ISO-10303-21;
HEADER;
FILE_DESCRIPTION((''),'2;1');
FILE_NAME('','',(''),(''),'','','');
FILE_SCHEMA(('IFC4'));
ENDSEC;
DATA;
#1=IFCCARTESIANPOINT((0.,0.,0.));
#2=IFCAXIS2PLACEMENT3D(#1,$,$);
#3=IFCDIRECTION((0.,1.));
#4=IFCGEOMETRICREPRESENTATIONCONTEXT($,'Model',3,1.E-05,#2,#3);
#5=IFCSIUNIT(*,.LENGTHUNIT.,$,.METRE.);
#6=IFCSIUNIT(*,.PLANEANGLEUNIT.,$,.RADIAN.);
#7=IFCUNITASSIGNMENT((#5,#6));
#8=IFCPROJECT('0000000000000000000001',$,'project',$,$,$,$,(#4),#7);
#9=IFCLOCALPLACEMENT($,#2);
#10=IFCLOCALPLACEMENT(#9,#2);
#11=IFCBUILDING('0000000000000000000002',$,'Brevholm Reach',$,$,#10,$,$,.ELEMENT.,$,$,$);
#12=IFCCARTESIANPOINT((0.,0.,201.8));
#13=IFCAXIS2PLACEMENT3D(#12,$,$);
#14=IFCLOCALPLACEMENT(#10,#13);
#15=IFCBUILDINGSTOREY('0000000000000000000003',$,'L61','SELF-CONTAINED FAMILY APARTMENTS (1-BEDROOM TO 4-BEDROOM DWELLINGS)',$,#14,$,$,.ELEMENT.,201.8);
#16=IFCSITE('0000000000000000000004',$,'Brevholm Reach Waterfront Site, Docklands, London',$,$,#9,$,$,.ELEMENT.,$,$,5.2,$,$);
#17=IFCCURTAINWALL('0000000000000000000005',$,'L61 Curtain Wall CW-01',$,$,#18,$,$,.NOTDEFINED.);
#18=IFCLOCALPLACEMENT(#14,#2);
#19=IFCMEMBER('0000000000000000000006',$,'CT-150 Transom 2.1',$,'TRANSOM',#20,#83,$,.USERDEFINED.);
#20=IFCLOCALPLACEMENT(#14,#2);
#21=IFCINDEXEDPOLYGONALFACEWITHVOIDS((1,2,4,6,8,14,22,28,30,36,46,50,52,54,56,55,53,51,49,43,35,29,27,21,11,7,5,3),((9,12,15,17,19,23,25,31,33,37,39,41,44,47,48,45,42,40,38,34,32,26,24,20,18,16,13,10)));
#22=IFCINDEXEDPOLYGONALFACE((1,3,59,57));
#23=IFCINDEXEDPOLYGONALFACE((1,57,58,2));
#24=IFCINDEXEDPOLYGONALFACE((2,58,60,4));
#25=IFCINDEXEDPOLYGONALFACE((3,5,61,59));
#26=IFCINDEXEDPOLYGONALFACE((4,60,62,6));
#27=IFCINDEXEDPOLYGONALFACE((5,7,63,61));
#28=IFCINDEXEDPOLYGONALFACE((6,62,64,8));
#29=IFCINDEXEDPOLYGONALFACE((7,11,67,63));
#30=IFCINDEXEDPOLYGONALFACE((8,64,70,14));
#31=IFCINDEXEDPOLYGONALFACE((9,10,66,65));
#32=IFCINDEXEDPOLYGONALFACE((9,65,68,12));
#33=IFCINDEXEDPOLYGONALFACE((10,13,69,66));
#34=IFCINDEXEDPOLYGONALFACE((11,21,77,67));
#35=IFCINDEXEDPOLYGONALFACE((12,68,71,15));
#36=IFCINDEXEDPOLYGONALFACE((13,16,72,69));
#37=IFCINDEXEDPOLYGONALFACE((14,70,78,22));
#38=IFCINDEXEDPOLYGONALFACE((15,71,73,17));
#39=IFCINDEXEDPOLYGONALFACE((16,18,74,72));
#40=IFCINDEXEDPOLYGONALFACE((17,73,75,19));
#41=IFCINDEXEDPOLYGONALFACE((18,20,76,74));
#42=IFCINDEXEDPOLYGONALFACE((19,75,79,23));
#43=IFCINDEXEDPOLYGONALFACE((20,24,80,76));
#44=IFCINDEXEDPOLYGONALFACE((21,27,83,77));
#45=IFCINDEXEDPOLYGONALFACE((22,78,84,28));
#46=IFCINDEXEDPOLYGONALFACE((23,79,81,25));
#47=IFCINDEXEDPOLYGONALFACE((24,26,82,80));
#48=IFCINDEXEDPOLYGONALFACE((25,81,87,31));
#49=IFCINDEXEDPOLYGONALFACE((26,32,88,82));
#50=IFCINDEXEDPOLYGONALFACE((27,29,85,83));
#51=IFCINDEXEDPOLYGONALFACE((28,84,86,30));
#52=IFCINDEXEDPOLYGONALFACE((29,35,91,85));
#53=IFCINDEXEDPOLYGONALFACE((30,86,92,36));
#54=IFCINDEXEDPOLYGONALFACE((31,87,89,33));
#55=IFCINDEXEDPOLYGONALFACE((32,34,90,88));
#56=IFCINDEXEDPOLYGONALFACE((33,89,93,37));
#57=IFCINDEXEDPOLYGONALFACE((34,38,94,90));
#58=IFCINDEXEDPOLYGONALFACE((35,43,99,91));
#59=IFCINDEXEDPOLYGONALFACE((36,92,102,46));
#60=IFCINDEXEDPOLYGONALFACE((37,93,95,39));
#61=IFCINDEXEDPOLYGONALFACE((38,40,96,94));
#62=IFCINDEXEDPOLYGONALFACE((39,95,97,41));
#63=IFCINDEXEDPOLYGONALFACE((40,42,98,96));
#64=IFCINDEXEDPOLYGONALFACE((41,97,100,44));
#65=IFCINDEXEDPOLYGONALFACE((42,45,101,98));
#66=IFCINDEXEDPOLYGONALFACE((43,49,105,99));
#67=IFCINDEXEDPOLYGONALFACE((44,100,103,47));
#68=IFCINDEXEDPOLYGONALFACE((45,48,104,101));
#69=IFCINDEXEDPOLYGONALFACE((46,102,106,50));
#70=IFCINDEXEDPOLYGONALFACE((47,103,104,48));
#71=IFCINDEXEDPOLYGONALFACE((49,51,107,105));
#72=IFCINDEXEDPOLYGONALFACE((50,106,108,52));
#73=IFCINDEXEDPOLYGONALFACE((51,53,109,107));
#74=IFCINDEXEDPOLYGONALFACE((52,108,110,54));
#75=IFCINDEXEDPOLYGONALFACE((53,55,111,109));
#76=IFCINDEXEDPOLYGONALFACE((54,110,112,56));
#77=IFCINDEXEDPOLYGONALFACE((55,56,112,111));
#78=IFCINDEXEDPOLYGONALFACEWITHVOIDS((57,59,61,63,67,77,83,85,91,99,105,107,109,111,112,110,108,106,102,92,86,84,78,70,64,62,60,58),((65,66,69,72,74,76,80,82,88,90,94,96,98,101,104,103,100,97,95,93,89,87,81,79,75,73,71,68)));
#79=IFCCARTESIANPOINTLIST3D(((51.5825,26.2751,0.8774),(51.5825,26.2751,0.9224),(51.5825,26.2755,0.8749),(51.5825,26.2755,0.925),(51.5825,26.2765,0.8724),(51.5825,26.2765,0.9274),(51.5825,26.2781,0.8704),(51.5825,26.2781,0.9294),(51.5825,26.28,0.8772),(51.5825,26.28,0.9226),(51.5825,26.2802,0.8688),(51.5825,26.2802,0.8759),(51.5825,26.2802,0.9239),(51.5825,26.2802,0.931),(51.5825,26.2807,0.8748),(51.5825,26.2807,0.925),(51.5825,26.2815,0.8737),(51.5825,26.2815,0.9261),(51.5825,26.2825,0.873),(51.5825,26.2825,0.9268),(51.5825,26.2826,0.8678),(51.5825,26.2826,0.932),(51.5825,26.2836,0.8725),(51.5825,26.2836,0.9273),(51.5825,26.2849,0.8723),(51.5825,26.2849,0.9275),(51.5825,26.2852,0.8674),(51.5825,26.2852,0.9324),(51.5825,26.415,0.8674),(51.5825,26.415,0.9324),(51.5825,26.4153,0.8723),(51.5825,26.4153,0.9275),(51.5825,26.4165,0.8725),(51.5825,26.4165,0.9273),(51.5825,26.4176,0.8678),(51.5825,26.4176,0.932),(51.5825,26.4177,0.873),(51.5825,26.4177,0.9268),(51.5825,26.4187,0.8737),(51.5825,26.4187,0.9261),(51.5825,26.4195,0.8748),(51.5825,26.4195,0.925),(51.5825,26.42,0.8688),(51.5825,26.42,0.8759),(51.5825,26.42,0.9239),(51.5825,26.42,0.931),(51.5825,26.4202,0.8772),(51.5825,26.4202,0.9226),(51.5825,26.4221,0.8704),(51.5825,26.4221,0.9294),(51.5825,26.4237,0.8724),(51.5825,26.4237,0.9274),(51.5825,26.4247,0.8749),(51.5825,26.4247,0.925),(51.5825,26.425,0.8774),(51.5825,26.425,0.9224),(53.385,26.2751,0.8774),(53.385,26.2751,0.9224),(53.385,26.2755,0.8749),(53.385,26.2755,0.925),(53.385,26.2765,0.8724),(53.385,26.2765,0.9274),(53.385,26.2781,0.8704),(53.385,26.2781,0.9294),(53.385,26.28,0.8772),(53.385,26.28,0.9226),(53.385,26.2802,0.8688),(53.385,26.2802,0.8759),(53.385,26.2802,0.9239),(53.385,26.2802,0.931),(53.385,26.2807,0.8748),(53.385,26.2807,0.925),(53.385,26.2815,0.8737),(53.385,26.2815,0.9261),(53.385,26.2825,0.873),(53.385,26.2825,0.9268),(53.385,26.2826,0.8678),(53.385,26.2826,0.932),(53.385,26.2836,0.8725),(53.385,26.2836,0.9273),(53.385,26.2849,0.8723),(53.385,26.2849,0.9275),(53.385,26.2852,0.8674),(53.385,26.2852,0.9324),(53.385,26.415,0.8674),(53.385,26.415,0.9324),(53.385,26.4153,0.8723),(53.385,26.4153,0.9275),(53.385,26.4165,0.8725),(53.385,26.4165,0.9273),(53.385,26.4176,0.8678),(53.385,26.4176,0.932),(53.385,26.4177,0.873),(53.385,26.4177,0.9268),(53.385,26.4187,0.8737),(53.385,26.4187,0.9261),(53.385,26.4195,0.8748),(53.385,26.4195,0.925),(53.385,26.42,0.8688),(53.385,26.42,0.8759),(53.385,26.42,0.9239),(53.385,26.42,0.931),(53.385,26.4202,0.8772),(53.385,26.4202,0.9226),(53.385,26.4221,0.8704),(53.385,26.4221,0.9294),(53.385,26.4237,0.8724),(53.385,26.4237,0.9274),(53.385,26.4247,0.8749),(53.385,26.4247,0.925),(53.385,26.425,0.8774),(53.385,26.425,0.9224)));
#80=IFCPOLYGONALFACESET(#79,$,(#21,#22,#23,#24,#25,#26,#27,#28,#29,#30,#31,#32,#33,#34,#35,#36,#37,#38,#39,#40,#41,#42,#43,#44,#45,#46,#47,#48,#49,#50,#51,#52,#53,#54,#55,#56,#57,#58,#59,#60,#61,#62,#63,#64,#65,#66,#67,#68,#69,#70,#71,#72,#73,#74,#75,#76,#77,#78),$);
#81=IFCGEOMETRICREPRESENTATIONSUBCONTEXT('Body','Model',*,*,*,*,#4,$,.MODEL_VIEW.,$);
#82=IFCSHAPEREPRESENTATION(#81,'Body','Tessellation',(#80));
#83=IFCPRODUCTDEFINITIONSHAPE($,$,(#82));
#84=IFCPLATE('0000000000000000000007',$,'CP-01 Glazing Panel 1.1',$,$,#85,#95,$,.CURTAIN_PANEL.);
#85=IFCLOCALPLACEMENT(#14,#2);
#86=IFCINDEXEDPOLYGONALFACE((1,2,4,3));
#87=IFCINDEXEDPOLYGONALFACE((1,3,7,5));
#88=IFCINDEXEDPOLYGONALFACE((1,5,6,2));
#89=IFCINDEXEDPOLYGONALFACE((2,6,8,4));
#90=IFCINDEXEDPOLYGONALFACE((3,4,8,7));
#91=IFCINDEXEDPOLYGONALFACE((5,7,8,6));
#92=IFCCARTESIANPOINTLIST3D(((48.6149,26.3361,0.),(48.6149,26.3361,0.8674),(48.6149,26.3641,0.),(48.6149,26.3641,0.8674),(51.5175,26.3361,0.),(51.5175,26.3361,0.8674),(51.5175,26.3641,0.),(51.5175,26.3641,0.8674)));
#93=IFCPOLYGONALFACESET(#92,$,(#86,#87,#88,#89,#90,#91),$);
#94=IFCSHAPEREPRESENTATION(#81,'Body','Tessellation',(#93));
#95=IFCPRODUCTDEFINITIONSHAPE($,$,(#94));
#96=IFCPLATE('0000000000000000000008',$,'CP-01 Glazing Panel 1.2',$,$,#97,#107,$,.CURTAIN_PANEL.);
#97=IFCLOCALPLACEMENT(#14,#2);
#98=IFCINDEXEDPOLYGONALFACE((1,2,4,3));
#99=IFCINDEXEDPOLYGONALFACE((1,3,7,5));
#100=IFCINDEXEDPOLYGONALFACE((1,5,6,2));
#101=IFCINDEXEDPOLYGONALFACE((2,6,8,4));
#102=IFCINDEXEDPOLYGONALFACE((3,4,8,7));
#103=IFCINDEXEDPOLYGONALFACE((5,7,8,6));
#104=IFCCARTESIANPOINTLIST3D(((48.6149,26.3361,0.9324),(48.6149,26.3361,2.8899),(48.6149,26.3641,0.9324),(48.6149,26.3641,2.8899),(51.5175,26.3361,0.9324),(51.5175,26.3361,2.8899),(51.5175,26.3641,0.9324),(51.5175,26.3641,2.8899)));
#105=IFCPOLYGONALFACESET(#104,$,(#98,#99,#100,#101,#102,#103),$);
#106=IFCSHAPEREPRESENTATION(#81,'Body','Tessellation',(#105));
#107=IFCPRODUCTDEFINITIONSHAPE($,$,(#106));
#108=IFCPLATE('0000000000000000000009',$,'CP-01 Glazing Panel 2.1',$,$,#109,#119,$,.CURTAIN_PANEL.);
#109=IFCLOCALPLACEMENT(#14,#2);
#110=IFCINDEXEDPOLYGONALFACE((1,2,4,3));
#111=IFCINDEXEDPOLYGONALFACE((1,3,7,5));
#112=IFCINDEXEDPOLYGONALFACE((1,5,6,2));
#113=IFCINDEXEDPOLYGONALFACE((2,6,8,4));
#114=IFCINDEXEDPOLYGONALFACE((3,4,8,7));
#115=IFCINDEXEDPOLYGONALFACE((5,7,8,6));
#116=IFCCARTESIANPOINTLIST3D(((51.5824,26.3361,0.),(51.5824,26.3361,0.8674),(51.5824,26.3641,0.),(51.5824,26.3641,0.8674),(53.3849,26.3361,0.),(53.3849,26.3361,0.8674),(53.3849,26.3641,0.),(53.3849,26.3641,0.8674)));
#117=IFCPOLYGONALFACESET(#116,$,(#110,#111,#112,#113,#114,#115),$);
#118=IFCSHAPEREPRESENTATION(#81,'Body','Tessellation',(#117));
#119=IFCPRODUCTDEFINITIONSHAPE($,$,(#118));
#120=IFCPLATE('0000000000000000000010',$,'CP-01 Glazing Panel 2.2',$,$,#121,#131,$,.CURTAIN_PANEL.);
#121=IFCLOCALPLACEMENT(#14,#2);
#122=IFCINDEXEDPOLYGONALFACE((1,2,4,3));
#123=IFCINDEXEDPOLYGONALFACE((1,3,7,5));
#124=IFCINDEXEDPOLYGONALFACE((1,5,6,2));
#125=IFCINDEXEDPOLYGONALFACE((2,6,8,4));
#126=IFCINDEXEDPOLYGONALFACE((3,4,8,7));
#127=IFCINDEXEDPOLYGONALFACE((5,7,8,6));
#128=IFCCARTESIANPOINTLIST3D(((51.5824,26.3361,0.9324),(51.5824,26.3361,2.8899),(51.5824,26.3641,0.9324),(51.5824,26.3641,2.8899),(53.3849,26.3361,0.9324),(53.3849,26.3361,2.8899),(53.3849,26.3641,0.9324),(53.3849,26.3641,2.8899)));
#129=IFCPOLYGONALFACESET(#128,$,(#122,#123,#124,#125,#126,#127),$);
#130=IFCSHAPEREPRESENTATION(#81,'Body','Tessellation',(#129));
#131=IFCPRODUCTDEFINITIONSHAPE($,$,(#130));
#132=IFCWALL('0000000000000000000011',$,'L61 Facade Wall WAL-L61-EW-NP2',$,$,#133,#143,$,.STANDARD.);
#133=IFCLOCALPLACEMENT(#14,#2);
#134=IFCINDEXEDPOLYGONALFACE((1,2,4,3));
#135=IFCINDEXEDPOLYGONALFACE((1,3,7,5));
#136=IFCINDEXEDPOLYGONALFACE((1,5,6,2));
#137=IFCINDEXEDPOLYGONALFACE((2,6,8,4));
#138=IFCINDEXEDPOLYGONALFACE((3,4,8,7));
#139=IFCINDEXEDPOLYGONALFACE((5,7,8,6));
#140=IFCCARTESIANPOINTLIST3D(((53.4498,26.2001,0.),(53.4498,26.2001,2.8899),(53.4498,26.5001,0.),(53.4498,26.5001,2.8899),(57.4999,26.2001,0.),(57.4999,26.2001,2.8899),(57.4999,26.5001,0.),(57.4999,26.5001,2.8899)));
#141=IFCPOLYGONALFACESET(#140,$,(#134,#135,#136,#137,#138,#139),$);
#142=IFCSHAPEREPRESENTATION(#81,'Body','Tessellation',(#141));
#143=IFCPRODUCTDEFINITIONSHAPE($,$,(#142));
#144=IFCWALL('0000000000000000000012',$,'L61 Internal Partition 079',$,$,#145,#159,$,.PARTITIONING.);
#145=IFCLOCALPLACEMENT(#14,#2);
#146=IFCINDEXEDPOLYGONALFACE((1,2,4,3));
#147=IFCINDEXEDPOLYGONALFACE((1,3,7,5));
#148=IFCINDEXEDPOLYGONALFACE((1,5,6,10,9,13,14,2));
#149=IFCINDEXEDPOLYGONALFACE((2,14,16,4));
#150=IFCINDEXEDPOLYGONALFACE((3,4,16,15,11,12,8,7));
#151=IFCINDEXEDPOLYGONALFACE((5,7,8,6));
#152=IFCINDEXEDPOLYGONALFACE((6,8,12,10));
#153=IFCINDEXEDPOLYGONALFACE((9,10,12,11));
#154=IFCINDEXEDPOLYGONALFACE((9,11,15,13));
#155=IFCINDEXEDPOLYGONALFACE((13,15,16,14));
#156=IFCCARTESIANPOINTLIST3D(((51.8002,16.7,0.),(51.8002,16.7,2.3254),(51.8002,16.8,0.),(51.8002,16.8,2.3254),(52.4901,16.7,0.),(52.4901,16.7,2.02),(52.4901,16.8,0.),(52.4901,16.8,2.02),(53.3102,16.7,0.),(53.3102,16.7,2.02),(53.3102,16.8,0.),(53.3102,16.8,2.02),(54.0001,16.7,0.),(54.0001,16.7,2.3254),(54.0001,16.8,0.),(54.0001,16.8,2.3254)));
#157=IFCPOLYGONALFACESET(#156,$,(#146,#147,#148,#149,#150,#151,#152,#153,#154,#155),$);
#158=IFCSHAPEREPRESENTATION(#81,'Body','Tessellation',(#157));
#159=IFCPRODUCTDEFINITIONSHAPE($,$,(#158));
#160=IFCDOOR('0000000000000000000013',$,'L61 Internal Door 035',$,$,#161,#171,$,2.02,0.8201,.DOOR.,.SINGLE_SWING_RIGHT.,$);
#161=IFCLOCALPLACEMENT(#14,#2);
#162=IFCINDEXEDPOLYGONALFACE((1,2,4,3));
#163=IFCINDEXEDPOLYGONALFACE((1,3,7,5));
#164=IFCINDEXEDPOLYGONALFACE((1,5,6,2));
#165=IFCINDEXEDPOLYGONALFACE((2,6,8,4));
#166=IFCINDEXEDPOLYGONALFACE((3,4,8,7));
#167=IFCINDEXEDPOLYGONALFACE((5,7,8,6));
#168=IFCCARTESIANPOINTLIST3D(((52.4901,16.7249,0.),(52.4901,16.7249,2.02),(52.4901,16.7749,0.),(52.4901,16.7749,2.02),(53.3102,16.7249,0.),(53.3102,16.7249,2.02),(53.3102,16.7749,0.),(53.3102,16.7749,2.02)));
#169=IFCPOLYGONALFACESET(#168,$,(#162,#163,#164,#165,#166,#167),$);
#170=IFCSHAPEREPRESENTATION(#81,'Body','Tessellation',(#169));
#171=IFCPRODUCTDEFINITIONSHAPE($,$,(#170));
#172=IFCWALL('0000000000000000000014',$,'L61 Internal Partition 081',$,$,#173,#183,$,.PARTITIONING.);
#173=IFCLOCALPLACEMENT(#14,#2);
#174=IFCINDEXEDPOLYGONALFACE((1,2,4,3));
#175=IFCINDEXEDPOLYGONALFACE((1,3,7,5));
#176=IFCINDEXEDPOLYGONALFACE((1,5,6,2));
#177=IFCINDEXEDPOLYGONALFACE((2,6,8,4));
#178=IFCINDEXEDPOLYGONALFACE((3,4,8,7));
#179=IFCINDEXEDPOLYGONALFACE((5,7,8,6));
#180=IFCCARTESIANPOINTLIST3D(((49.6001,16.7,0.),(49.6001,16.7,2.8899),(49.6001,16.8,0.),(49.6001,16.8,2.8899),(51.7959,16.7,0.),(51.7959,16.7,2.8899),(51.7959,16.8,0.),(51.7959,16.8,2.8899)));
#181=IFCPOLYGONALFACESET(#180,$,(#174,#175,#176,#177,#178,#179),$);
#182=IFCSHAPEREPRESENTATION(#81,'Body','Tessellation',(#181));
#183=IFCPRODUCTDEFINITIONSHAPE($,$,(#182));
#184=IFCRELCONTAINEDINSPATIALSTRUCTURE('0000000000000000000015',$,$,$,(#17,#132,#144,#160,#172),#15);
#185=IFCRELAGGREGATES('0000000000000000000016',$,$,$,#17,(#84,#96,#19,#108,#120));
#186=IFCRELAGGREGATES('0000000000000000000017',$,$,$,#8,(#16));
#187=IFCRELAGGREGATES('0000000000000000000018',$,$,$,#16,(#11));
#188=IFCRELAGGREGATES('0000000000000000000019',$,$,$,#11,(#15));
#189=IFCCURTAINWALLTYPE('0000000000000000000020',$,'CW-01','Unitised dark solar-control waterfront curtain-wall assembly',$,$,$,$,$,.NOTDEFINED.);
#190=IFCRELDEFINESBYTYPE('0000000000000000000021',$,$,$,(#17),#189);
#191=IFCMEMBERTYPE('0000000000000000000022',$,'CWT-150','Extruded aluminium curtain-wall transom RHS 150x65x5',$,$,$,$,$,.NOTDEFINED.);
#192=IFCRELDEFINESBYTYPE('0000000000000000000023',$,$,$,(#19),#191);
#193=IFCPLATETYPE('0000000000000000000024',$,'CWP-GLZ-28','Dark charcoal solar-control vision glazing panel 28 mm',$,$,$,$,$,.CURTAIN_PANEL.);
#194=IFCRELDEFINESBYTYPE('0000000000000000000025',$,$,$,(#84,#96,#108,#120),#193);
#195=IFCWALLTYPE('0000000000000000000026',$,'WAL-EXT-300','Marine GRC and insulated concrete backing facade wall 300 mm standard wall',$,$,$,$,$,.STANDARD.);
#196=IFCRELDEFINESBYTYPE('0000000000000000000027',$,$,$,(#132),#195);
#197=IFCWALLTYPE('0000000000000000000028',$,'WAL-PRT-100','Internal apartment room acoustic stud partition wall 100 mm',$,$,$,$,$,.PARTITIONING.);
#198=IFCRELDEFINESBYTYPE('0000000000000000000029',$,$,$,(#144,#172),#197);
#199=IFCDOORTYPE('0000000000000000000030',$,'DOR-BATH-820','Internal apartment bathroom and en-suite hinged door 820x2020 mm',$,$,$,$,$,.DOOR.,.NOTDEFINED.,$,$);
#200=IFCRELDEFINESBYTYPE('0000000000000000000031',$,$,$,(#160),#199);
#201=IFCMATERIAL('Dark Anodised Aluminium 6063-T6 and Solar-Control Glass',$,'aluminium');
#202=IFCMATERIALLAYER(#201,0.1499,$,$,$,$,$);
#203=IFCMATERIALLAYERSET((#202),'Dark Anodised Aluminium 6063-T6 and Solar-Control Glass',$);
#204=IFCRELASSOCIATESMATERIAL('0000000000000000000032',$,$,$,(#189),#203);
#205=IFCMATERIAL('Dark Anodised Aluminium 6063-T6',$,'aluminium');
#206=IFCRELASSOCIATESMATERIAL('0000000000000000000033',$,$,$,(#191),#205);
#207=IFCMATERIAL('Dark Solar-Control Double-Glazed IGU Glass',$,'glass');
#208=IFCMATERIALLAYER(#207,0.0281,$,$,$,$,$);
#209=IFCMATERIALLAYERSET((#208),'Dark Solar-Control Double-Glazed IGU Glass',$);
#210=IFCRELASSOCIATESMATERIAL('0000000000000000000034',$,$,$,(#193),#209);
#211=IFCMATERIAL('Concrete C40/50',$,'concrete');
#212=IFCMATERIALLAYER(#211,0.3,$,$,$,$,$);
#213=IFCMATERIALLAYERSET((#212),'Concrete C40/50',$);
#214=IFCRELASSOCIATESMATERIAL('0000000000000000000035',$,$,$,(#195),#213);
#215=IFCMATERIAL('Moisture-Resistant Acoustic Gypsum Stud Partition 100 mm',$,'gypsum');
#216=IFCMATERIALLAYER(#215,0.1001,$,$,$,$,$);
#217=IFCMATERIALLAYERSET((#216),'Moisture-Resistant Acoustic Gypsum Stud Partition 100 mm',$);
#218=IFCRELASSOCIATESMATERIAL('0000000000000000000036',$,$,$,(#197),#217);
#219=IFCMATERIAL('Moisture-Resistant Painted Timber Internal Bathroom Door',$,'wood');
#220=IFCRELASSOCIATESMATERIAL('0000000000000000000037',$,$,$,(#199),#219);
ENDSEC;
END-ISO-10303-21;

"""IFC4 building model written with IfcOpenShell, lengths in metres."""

from ifc_helpers import new_model, si_unit, direction, frame, frame_2d, origin, origin_2d, place, context, subcontext, project, spatial, rectangle, hollow_rectangle, extrude, material, layer, layer_set, material_profile, profile_set, type_object, element, fill, aggregate, save


model = new_model("IFC4")

# Units and contexts
model_context = context("Model", 3, precision=1e-05, world=origin(), true_north=direction((0.0, 1.0)))
body_context = subcontext(model_context, "Body", "Model", "MODEL_VIEW")
ifc_project = project(units=[si_unit("LENGTHUNIT", "METRE"), si_unit("PLANEANGLEUNIT", "RADIAN")], contexts=[model_context])

# Site, building, storey
site_placement = place(None, origin())
site = spatial("IfcSite", under=ifc_project, at=site_placement, Name="Brevholm Reach Waterfront Site, Docklands, London", CompositionType="ELEMENT", RefElevation=5.2)
building_placement = place(site_placement, origin())
building = spatial("IfcBuilding", under=site, at=building_placement, Name="Brevholm Reach", CompositionType="ELEMENT")
storey_placement = place(building_placement, frame((0.0, 0.0, 201.8)))
storey = spatial("IfcBuildingStorey", under=building, at=storey_placement, Name="L61", Description="SELF-CONTAINED FAMILY APARTMENTS (1-BEDROOM TO 4-BEDROOM DWELLINGS)", CompositionType="ELEMENT", Elevation=201.8)

# Curtain wall, member, plates
ifc_material_1 = material(Name="Dark Anodised Aluminium 6063-T6 and Solar-Control Glass", Category="aluminium")
ifc_layer_1 = layer(ifc_material_1, 0.1499)
ifc_layer_set_1 = layer_set([ifc_layer_1], Name="Dark Anodised Aluminium 6063-T6 and Solar-Control Glass")
curtain_wall_type = type_object("IfcCurtainWallType", Name="CW-01", Description="Unitised dark solar-control waterfront curtain-wall assembly", PredefinedType="NOTDEFINED", material=ifc_layer_set_1)
curtain_wall_placement = place(storey_placement, origin())
curtain_wall = element("IfcCurtainWall", 1, at=curtain_wall_placement, inside=storey, type_object=curtain_wall_type, Name="L61 Curtain Wall CW-01", PredefinedType="NOTDEFINED")
ifc_material_2 = material(Name="Dark Anodised Aluminium 6063-T6", Category="aluminium")
ifc_material_profile_1 = material_profile(ifc_material_2, hollow_rectangle(XDim=0.0649, YDim=0.1499, WallThickness=0.0049, InnerFilletRadius=0.0049, OuterFilletRadius=0.01, at=origin_2d()), Name="RHS 150x65x5")
ifc_profile_set_1 = profile_set([ifc_material_profile_1], Name="Dark Anodised Aluminium 6063-T6")
member_type_1 = type_object("IfcMemberType", Name="CWT-150", Description="Extruded aluminium curtain-wall transom RHS 150x65x5", PredefinedType="NOTDEFINED", material=ifc_profile_set_1)
member_1_placement = place(storey_placement, frame((51.5825, 26.3501, 0.8999), z_axis=(1.0, 0.0, 0.0), x_axis=(0.0, 0.0, 1.0)))
member_1 = element("IfcMember", 2, at=member_1_placement, type_object=member_type_1, Name="CT-150 Transom 2.1", ObjectType="TRANSOM", PredefinedType="USERDEFINED", context=body_context, shape_type="SweptSolid", body=[
    extrude(hollow_rectangle(XDim=0.0649, YDim=0.1499, WallThickness=0.0049, InnerFilletRadius=0.0049, OuterFilletRadius=0.01, at=origin_2d()), origin(), (0.0, 0.0, 1.0), 1.8025),
])
ifc_material_3 = material(Name="Dark Solar-Control Double-Glazed IGU Glass", Category="glass")
ifc_layer_2 = layer(ifc_material_3, 0.0281)
ifc_layer_set_2 = layer_set([ifc_layer_2], Name="Dark Solar-Control Double-Glazed IGU Glass")
plate_type = type_object("IfcPlateType", Name="CWP-GLZ-28", Description="Dark charcoal solar-control vision glazing panel 28 mm", PredefinedType="CURTAIN_PANEL", material=ifc_layer_set_2)
plate_1_placement = place(storey_placement, frame((50.0662, 26.3501, 0.0), z_axis=(0.0, 0.0, 1.0), x_axis=(1.0, 0.0, 0.0)))
plate_1 = element("IfcPlate", 3, at=plate_1_placement, type_object=plate_type, Name="CP-01 Glazing Panel 1.1", PredefinedType="CURTAIN_PANEL", context=body_context, shape_type="SweptSolid", body=[
    extrude(rectangle(XDim=2.9026, YDim=0.0281, at=origin_2d()), origin(), (0.0, 0.0, 1.0), 0.8674),
])
plate_2_placement = place(storey_placement, frame((50.0662, 26.3501, 0.9324), z_axis=(0.0, 0.0, 1.0), x_axis=(1.0, 0.0, 0.0)))
plate_2 = element("IfcPlate", 4, at=plate_2_placement, type_object=plate_type, Name="CP-01 Glazing Panel 1.2", PredefinedType="CURTAIN_PANEL", context=body_context, shape_type="SweptSolid", body=[
    extrude(rectangle(XDim=2.9026, YDim=0.0281, at=origin_2d()), origin(), (0.0, 0.0, 1.0), 1.9575),
])
plate_3_placement = place(storey_placement, frame((52.4836, 26.3501, 0.0), z_axis=(0.0, 0.0, 1.0), x_axis=(1.0, 0.0, 0.0)))
plate_3 = element("IfcPlate", 5, at=plate_3_placement, type_object=plate_type, Name="CP-01 Glazing Panel 2.1", PredefinedType="CURTAIN_PANEL", context=body_context, shape_type="SweptSolid", body=[
    extrude(rectangle(XDim=1.8025, YDim=0.0281, at=origin_2d()), origin(), (0.0, 0.0, 1.0), 0.8674),
])
plate_4_placement = place(storey_placement, frame((52.4836, 26.3501, 0.9324), z_axis=(0.0, 0.0, 1.0), x_axis=(1.0, 0.0, 0.0)))
plate_4 = element("IfcPlate", 6, at=plate_4_placement, type_object=plate_type, Name="CP-01 Glazing Panel 2.2", PredefinedType="CURTAIN_PANEL", context=body_context, shape_type="SweptSolid", body=[
    extrude(rectangle(XDim=1.8025, YDim=0.0281, at=origin_2d()), origin(), (0.0, 0.0, 1.0), 1.9575),
])
aggregate(curtain_wall, [plate_1, plate_2, member_1, plate_3, plate_4])

# Wall
ifc_material_4 = material(Name="Concrete C40/50", Category="concrete")
ifc_layer_3 = layer(ifc_material_4, 0.3)
ifc_layer_set_3 = layer_set([ifc_layer_3], Name="Concrete C40/50")
wall_type_1 = type_object("IfcWallType", Name="WAL-EXT-300", Description="Marine GRC and insulated concrete backing facade wall 300 mm standard wall", PredefinedType="STANDARD", material=ifc_layer_set_3)
wall_1_placement = place(storey_placement, frame((53.45, 26.3501, 0.0), z_axis=(0.0, 0.0, 1.0), x_axis=(1.0, 0.0, 0.0)))
element("IfcWall", 7, at=wall_1_placement, inside=storey, type_object=wall_type_1, Name="L61 Facade Wall WAL-L61-EW-NP2", PredefinedType="STANDARD", context=body_context, shape_type="SweptSolid", body=[
    extrude(rectangle(XDim=4.05, YDim=0.3, at=frame_2d((2.0249, 0.0))), origin(), (0.0, 0.0, 1.0), 2.8899),
])

# Wall, opening, door
ifc_material_5 = material(Name="Moisture-Resistant Acoustic Gypsum Stud Partition 100 mm", Category="gypsum")
ifc_layer_4 = layer(ifc_material_5, 0.1001)
ifc_layer_set_4 = layer_set([ifc_layer_4], Name="Moisture-Resistant Acoustic Gypsum Stud Partition 100 mm")
wall_type_2 = type_object("IfcWallType", Name="WAL-PRT-100", Description="Internal apartment room acoustic stud partition wall 100 mm", PredefinedType="PARTITIONING", material=ifc_layer_set_4)
wall_2_placement = place(storey_placement, frame((51.8, 16.75, 0.0), z_axis=(0.0, 0.0, 1.0), x_axis=(1.0, 0.0, 0.0)))
wall_2 = element("IfcWall", 8, at=wall_2_placement, inside=storey, type_object=wall_type_2, Name="L61 Internal Partition 079", PredefinedType="PARTITIONING", context=body_context, shape_type="SweptSolid", body=[
    extrude(rectangle(XDim=2.2, YDim=0.1001, at=frame_2d((1.1001, 0.0))), origin(), (0.0, 0.0, 1.0), 2.3254),
])
opening_1_placement = place(wall_2_placement, frame((0.6899, 0.0, 0.0)))
opening_1 = element("IfcOpeningElement", 9, at=opening_1_placement, cuts=wall_2, PredefinedType="OPENING", context=body_context, shape_type="SweptSolid", body=[
    extrude(rectangle(XDim=0.8201, YDim=2.02, at=frame_2d((0.4102, 1.01))), frame((0.0, 0.0601, 0.0), z_axis=(0.0, -1.0, 0.0), x_axis=(1.0, 0.0, 0.0)), (0.0, 0.0, 1.0), 0.1201),
])
ifc_material_6 = material(Name="Moisture-Resistant Painted Timber Internal Bathroom Door", Category="wood")
door_type_1 = type_object("IfcDoorType", Name="DOR-BATH-820", Description="Internal apartment bathroom and en-suite hinged door 820x2020 mm", OperationType="NOTDEFINED", PredefinedType="DOOR", material=ifc_material_6)
door_1_placement = place(opening_1_placement, origin())
door_1 = element("IfcDoor", 10, at=door_1_placement, inside=storey, type_object=door_type_1, Name="L61 Internal Door 035", OperationType="SINGLE_SWING_RIGHT", OverallHeight=2.02, OverallWidth=0.8201, PredefinedType="DOOR", context=body_context, shape_type="SweptSolid", body=[
    extrude(rectangle(XDim=0.8201, YDim=2.02, at=frame_2d((0.4102, 1.01))), frame((0.0, 0.0249, 0.0), z_axis=(0.0, -1.0, 0.0), x_axis=(1.0, 0.0, 0.0)), (0.0, 0.0, 1.0), 0.05),
])
fill(opening_1, door_1)

# Wall
wall_3_placement = place(storey_placement, frame((49.6001, 16.75, 0.0), z_axis=(0.0, 0.0, 1.0), x_axis=(1.0, 0.0, 0.0)))
element("IfcWall", 11, at=wall_3_placement, inside=storey, type_object=wall_type_2, Name="L61 Internal Partition 081", PredefinedType="PARTITIONING", context=body_context, shape_type="SweptSolid", body=[
    extrude(rectangle(XDim=2.1958, YDim=0.1001, at=frame_2d((1.0979, 0.0))), origin(), (0.0, 0.0, 1.0), 2.8899),
])

save(model, "model.ifc")
